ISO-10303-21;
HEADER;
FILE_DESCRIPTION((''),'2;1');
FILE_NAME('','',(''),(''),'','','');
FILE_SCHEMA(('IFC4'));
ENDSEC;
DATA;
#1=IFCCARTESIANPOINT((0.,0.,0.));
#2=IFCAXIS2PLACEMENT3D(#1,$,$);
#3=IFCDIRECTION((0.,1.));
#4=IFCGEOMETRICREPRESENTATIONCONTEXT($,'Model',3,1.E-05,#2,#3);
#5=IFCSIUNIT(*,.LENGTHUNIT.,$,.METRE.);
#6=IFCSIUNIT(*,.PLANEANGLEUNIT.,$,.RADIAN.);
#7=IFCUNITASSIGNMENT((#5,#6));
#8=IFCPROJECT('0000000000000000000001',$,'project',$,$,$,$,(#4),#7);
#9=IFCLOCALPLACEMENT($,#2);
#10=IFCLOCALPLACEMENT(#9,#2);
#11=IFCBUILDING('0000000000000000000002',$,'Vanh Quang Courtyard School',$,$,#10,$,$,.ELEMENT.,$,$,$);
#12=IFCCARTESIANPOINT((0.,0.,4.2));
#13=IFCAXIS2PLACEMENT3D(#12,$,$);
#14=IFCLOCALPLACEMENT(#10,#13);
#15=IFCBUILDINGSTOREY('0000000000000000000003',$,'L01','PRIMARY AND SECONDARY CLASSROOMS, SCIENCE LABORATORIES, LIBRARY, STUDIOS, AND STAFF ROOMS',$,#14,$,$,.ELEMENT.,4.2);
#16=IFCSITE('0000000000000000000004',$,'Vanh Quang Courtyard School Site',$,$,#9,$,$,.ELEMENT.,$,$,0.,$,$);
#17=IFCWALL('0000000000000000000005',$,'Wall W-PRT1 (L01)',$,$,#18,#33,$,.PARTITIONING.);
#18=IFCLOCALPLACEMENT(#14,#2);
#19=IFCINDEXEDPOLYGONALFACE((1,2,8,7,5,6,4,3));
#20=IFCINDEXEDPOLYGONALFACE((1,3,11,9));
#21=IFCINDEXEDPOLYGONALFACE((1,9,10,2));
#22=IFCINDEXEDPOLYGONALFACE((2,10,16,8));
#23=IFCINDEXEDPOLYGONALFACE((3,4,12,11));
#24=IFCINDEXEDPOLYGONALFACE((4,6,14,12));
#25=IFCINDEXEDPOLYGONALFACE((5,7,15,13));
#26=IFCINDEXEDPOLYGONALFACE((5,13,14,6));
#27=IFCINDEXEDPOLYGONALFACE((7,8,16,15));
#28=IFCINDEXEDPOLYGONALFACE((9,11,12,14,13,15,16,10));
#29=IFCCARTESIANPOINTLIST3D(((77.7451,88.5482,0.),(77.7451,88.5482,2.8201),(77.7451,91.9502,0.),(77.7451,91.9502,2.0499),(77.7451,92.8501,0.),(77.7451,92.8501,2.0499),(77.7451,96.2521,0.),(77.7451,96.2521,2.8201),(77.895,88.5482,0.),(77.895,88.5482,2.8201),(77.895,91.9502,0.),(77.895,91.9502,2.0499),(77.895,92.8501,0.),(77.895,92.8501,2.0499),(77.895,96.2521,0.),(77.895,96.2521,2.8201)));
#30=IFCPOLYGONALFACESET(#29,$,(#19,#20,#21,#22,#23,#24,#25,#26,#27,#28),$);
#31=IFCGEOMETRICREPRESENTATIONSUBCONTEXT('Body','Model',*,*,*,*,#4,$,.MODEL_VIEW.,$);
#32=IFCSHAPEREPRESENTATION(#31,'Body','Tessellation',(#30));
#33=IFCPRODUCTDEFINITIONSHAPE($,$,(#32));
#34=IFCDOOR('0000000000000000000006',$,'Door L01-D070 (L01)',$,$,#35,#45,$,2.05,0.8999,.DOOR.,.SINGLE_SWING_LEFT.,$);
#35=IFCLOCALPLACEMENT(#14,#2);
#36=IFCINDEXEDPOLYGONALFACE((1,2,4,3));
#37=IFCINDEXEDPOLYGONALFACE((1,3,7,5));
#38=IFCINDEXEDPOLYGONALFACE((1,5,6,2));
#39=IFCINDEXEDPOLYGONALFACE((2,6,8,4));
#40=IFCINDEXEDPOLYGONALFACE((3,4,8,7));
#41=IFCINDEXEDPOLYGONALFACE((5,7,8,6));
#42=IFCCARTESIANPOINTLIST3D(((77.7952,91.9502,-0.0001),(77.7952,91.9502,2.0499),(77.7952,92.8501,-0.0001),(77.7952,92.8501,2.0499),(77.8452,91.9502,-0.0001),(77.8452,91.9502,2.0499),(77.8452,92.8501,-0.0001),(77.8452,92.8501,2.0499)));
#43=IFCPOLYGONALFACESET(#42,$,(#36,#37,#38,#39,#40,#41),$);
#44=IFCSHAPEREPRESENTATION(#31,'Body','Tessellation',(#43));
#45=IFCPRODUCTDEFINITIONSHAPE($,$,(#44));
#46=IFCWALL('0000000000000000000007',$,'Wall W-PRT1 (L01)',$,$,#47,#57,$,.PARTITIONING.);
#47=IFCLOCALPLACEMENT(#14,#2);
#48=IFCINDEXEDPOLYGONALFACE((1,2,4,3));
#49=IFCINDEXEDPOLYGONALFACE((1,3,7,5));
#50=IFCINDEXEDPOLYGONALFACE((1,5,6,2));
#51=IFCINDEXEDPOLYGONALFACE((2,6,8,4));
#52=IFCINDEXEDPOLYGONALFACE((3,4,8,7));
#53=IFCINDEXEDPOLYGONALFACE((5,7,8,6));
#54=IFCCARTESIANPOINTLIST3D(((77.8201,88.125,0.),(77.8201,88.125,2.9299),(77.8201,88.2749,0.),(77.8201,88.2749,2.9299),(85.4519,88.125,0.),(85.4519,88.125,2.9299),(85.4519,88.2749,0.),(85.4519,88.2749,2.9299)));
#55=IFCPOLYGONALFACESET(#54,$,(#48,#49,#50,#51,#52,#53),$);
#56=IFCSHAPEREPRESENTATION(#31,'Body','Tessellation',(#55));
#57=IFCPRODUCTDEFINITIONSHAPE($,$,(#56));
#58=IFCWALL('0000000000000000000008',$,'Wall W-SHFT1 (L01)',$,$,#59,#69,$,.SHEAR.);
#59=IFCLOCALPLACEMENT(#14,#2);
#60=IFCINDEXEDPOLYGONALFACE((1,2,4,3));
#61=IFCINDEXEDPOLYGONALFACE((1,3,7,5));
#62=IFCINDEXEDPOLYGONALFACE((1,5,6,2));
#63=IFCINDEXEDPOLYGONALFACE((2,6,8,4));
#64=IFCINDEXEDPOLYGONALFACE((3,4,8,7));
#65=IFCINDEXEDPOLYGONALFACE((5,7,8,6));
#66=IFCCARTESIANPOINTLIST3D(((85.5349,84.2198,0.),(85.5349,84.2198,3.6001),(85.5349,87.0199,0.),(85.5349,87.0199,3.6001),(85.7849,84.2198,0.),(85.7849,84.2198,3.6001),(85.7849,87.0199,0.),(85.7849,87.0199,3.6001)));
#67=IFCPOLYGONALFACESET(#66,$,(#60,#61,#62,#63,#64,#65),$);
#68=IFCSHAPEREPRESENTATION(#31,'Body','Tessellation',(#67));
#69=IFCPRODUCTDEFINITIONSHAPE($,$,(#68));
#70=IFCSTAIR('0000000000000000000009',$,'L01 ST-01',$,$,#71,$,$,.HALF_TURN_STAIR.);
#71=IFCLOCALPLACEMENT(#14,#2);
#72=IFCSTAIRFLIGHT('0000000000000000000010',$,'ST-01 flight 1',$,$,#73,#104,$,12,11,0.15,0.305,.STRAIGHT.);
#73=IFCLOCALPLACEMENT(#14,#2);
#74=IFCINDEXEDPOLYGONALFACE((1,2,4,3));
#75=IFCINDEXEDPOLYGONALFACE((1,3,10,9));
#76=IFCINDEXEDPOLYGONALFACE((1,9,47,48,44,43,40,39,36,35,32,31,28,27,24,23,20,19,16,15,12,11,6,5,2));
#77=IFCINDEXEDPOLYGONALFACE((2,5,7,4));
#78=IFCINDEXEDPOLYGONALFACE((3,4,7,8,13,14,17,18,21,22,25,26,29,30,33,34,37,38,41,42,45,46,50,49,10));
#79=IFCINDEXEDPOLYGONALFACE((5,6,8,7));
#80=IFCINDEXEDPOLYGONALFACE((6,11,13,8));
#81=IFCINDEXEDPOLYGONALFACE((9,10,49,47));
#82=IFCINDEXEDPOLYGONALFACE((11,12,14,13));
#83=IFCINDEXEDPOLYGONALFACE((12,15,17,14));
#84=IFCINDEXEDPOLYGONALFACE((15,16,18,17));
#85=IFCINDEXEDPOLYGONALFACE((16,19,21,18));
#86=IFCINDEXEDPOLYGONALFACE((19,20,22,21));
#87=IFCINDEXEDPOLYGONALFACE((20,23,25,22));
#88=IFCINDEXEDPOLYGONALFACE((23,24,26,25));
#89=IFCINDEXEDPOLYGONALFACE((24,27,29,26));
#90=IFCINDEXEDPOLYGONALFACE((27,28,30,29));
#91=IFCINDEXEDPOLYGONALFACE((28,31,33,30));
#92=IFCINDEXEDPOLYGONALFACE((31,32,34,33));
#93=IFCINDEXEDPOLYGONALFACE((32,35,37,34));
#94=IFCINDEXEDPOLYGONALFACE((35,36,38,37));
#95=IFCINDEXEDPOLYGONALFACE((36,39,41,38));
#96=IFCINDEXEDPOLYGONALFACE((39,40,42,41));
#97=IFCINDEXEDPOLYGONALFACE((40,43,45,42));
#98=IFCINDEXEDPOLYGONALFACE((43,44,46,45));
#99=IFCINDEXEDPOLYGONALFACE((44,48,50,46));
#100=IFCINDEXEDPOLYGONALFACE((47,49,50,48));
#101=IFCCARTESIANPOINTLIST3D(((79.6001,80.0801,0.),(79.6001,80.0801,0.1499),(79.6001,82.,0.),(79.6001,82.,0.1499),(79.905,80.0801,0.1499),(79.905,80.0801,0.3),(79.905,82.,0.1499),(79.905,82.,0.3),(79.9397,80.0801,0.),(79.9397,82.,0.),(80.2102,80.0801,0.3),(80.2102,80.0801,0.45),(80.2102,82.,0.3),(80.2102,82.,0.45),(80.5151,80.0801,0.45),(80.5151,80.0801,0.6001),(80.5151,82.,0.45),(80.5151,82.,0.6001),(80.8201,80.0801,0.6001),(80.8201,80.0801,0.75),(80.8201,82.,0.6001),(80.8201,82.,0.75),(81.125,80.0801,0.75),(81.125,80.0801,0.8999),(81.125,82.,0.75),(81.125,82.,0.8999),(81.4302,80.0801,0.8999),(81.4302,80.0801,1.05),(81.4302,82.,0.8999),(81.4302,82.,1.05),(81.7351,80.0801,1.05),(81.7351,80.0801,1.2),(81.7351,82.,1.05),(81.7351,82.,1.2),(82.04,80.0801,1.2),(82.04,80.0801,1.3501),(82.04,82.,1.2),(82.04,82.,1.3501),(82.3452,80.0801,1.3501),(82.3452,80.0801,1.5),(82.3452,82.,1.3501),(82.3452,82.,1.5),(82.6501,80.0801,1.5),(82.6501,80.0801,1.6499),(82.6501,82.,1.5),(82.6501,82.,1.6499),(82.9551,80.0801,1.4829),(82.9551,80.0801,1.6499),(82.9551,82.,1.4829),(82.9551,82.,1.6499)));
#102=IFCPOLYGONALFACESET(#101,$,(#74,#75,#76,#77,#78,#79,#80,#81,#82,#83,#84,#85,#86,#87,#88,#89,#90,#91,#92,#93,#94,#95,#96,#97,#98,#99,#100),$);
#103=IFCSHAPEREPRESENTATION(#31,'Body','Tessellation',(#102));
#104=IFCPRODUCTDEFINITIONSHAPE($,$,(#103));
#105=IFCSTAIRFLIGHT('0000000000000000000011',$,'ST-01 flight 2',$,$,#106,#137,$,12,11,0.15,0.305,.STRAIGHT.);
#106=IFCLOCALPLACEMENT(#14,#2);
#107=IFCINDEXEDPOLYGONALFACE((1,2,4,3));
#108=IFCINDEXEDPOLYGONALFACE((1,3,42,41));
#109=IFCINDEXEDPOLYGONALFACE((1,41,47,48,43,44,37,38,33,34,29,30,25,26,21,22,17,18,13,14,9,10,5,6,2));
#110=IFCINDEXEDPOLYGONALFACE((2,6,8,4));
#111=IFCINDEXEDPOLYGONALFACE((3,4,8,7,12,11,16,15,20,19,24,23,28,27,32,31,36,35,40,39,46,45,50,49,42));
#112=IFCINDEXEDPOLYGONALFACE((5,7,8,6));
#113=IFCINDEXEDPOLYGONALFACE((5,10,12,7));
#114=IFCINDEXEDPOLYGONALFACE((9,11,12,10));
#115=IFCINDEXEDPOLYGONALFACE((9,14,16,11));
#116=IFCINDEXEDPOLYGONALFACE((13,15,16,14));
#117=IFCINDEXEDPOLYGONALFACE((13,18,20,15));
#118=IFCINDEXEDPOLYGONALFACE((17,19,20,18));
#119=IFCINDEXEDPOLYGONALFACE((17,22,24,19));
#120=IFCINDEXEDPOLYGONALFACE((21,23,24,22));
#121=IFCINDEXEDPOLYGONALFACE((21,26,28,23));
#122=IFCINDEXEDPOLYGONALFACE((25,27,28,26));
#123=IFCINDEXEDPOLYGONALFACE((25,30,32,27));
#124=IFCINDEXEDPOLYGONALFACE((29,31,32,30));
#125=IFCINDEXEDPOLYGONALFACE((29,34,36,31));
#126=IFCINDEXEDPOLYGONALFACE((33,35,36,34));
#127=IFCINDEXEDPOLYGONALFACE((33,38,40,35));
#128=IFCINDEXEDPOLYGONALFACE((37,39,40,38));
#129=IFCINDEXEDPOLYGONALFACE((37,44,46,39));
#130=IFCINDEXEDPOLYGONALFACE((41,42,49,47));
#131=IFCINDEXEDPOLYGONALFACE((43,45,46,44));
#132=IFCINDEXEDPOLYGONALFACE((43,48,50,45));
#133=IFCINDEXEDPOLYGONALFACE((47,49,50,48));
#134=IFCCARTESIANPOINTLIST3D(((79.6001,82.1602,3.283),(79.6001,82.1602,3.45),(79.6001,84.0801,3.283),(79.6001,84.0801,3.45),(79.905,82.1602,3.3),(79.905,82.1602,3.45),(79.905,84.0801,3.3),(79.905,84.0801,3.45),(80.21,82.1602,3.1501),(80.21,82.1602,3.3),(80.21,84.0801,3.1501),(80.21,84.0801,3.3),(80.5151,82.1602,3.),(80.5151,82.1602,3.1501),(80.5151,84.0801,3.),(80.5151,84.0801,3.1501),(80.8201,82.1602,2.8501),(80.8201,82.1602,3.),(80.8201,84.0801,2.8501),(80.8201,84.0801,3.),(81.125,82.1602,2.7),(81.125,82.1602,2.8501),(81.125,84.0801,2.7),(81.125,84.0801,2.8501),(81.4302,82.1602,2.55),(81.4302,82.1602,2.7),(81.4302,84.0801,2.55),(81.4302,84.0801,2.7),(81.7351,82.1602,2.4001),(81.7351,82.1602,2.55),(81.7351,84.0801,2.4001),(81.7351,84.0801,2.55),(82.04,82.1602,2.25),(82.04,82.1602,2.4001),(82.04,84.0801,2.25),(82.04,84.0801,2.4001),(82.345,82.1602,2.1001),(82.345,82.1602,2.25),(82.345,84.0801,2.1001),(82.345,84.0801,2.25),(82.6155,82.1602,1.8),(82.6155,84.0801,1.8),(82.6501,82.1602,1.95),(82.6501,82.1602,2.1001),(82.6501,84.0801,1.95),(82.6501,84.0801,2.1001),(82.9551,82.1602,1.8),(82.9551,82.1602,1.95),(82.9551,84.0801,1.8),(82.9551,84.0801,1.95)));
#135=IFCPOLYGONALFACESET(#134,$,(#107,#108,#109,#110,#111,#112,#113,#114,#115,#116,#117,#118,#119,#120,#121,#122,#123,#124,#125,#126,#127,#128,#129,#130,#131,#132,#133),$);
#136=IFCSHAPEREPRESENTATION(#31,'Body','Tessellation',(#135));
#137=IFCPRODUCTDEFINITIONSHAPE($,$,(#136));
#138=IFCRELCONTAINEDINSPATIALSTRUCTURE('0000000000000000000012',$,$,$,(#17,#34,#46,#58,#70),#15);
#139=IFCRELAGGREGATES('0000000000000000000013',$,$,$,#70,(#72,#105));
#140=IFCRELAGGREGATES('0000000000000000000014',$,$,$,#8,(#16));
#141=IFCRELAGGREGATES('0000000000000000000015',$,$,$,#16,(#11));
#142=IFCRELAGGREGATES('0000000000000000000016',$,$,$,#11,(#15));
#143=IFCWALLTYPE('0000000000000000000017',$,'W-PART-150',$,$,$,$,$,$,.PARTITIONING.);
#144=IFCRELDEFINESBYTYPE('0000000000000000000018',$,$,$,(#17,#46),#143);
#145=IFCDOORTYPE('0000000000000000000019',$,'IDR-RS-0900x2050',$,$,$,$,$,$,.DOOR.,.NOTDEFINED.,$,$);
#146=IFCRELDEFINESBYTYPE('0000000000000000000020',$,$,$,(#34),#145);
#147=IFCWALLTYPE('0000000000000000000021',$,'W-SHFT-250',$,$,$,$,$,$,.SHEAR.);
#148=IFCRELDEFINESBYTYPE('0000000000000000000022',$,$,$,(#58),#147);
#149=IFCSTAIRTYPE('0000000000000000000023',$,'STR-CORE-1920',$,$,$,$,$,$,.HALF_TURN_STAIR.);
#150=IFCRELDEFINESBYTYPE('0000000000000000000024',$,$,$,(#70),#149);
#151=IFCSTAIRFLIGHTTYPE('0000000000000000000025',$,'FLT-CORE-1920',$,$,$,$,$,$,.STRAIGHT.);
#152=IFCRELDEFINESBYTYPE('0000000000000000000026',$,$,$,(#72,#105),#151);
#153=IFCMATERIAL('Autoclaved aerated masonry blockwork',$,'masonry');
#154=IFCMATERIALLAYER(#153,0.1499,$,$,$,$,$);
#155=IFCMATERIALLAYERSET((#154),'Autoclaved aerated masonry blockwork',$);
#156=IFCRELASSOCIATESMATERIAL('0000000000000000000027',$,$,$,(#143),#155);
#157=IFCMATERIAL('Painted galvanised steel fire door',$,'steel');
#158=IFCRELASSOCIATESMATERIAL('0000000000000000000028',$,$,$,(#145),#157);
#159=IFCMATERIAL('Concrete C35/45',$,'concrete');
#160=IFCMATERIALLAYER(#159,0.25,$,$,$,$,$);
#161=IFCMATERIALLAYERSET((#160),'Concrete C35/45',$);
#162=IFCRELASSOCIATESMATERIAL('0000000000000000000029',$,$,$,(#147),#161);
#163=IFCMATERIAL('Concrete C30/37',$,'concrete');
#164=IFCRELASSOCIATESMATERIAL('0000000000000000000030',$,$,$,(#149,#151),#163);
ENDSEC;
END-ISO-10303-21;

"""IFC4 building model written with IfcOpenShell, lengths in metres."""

from ifc_helpers import new_model, si_unit, direction, frame, frame_2d, origin, place, context, subcontext, project, spatial, polyline, rectangle, outline, extrude, material, layer, layer_set, type_object, element, fill, aggregate, save


model = new_model("IFC4")

# Units and contexts
model_context = context("Model", 3, precision=1e-05, world=origin(), true_north=direction((0.0, 1.0)))
body_context = subcontext(model_context, "Body", "Model", "MODEL_VIEW")
ifc_project = project(units=[si_unit("LENGTHUNIT", "METRE"), si_unit("PLANEANGLEUNIT", "RADIAN")], contexts=[model_context])

# Site, building, storey
site_placement = place(None, origin())
site = spatial("IfcSite", under=ifc_project, at=site_placement, Name="Vanh Quang Courtyard School Site", CompositionType="ELEMENT", RefElevation=0.0)
building_placement = place(site_placement, origin())
building = spatial("IfcBuilding", under=site, at=building_placement, Name="Vanh Quang Courtyard School", CompositionType="ELEMENT")
storey_placement = place(building_placement, frame((0.0, 0.0, 4.2)))
storey = spatial("IfcBuildingStorey", under=building, at=storey_placement, Name="L01", Description="PRIMARY AND SECONDARY CLASSROOMS, SCIENCE LABORATORIES, LIBRARY, STUDIOS, AND STAFF ROOMS", CompositionType="ELEMENT", Elevation=4.2)

# Shared definitions
ifc_material_1 = material(Name="Concrete C35/45", Category="concrete")

# Shared definitions
ifc_material_2 = material(Name="Painted galvanised steel fire door", Category="steel")

# Wall, opening, door
ifc_material_3 = material(Name="Autoclaved aerated masonry blockwork", Category="masonry")
ifc_layer_1 = layer(ifc_material_3, 0.1499)
ifc_layer_set_1 = layer_set([ifc_layer_1], Name="Autoclaved aerated masonry blockwork")
wall_type_1 = type_object("IfcWallType", Name="W-PART-150", PredefinedType="PARTITIONING", material=ifc_layer_set_1)
wall_1_placement = place(storey_placement, frame((77.8201, 88.5481, 0.0), z_axis=(0.0, 0.0, 1.0), x_axis=(0.0, 1.0, 0.0)))
wall_1 = element("IfcWall", 1, at=wall_1_placement, inside=storey, type_object=wall_type_1, Name="Wall W-PRT1 (L01)", PredefinedType="PARTITIONING", context=body_context, shape_type="SweptSolid", body=[
    extrude(rectangle(XDim=7.7039, YDim=0.1499, at=frame_2d((3.8521, 0.0))), origin(), (0.0, 0.0, 1.0), 2.8201),
])
opening_1_placement = place(wall_1_placement, frame((3.4021, 0.0, 0.0)))
opening_1 = element("IfcOpeningElement", 2, at=opening_1_placement, cuts=wall_1, PredefinedType="OPENING", context=body_context, shape_type="SweptSolid", body=[
    extrude(rectangle(XDim=0.8999, YDim=2.05, at=frame_2d((0.45, 1.0249))), frame((0.0, 0.085, 0.0), z_axis=(0.0, -1.0, 0.0), x_axis=(1.0, 0.0, 0.0)), (0.0, 0.0, 1.0), 0.1699),
])
door_type_1 = type_object("IfcDoorType", Name="IDR-RS-0900x2050", OperationType="NOTDEFINED", PredefinedType="DOOR", material=ifc_material_2)
door_1_placement = place(opening_1_placement, origin())
door_1 = element("IfcDoor", 3, at=door_1_placement, inside=storey, type_object=door_type_1, Name="Door L01-D070 (L01)", OperationType="SINGLE_SWING_LEFT", OverallHeight=2.05, OverallWidth=0.8999, PredefinedType="DOOR", context=body_context, shape_type="SweptSolid", body=[
    extrude(rectangle(XDim=0.8999, YDim=2.05, at=frame_2d((0.45, 1.0249))), frame((0.0, 0.0249, 0.0), z_axis=(0.0, -1.0, 0.0), x_axis=(1.0, 0.0, 0.0)), (0.0, 0.0, 1.0), 0.05),
])
fill(opening_1, door_1)

# Wall
wall_2_placement = place(storey_placement, frame((85.4519, 88.2, 0.0), z_axis=(0.0, 0.0, 1.0), x_axis=(-1.0, 0.0, 0.0)))
element("IfcWall", 4, at=wall_2_placement, inside=storey, type_object=wall_type_1, Name="Wall W-PRT1 (L01)", PredefinedType="PARTITIONING", context=body_context, shape_type="SweptSolid", body=[
    extrude(rectangle(XDim=7.6318, YDim=0.1499, at=frame_2d((3.8159, 0.0))), origin(), (0.0, 0.0, 1.0), 2.9299),
])

# Shared definitions
ifc_layer_2 = layer(ifc_material_1, 0.25)
ifc_layer_set_2 = layer_set([ifc_layer_2], Name="Concrete C35/45")
wall_type_2 = type_object("IfcWallType", Name="W-SHFT-250", PredefinedType="SHEAR", material=ifc_layer_set_2)

# Wall
wall_3_placement = place(storey_placement, frame((85.6599, 84.22, 0.0), z_axis=(0.0, 0.0, 1.0), x_axis=(0.0, 1.0, 0.0)))
element("IfcWall", 5, at=wall_3_placement, inside=storey, type_object=wall_type_2, Name="Wall W-SHFT1 (L01)", PredefinedType="SHEAR", context=body_context, shape_type="SweptSolid", body=[
    extrude(rectangle(XDim=2.8, YDim=0.25, at=frame_2d((1.3999, 0.0))), origin(), (0.0, 0.0, 1.0), 3.6001),
])

# Stair, stair flights
ifc_material_4 = material(Name="Concrete C30/37", Category="concrete")
stair_type = type_object("IfcStairType", Name="STR-CORE-1920", PredefinedType="HALF_TURN_STAIR", material=ifc_material_4)
stair_placement = place(storey_placement, origin())
stair = element("IfcStair", 6, at=stair_placement, inside=storey, type_object=stair_type, Name="L01 ST-01", PredefinedType="HALF_TURN_STAIR")
stair_flight_type = type_object("IfcStairFlightType", Name="FLT-CORE-1920", PredefinedType="STRAIGHT", material=ifc_material_4)
stair_flight_1_placement = place(storey_placement, frame((79.6001, 81.04, 0.0), z_axis=(0.0, 0.0, 1.0), x_axis=(1.0, 0.0, 0.0)))
stair_flight_1 = element("IfcStairFlight", 7, at=stair_flight_1_placement, type_object=stair_flight_type, Name="ST-01 flight 1", NumberOfRisers=12, NumberOfTreads=11, PredefinedType="STRAIGHT", RiserHeight=0.15, TreadLength=0.305, context=body_context, shape_type="SweptSolid", body=[
    extrude(outline(polyline([(0.0, 0.0), (0.0, 0.1499), (0.3049, 0.1499), (0.3049, 0.3), (0.6101, 0.3), (0.6101, 0.45), (0.915, 0.45), (0.915, 0.6001), (1.22, 0.6001), (1.22, 0.75), (1.5249, 0.75), (1.5249, 0.8999), (1.8301, 0.8999), (1.8301, 1.05), (2.135, 1.05), (2.135, 1.2), (2.4399, 1.2), (2.4399, 1.3501), (2.7451, 1.3501), (2.7451, 1.5), (3.05, 1.5), (3.05, 1.6499), (3.355, 1.6499), (3.355, 1.8), (3.355, 1.4829), (0.3396, 0.0), (0.0, 0.0)])), frame((0.0, 0.96, 0.0), z_axis=(0.0, -1.0, 0.0), x_axis=(1.0, 0.0, 0.0)), (0.0, 0.0, 1.0), 1.9199),
])
stair_flight_2_placement = place(storey_placement, frame((82.9551, 83.1201, 1.8), z_axis=(0.0, 0.0, 1.0), x_axis=(-1.0, 0.0, 0.0)))
stair_flight_2 = element("IfcStairFlight", 8, at=stair_flight_2_placement, type_object=stair_flight_type, Name="ST-01 flight 2", NumberOfRisers=12, NumberOfTreads=11, PredefinedType="STRAIGHT", RiserHeight=0.15, TreadLength=0.305, context=body_context, shape_type="SweptSolid", body=[
    extrude(outline(polyline([(0.0, 0.0), (0.0, 0.1499), (0.3049, 0.1499), (0.3049, 0.3), (0.6101, 0.3), (0.6101, 0.45), (0.915, 0.45), (0.915, 0.6001), (1.22, 0.6001), (1.22, 0.75), (1.5249, 0.75), (1.5249, 0.8999), (1.8301, 0.8999), (1.8301, 1.05), (2.135, 1.05), (2.135, 1.2), (2.4399, 1.2), (2.4399, 1.3501), (2.7451, 1.3501), (2.7451, 1.5), (3.05, 1.5), (3.05, 1.6499), (3.355, 1.6499), (3.355, 1.8), (3.355, 1.4829), (0.3396, 0.0), (0.0, 0.0)])), frame((0.0, 0.96, 0.0), z_axis=(0.0, -1.0, 0.0), x_axis=(1.0, 0.0, 0.0)), (0.0, 0.0, 1.0), 1.9199),
])
aggregate(stair, [stair_flight_1, stair_flight_2])

save(model, "model.ifc")
